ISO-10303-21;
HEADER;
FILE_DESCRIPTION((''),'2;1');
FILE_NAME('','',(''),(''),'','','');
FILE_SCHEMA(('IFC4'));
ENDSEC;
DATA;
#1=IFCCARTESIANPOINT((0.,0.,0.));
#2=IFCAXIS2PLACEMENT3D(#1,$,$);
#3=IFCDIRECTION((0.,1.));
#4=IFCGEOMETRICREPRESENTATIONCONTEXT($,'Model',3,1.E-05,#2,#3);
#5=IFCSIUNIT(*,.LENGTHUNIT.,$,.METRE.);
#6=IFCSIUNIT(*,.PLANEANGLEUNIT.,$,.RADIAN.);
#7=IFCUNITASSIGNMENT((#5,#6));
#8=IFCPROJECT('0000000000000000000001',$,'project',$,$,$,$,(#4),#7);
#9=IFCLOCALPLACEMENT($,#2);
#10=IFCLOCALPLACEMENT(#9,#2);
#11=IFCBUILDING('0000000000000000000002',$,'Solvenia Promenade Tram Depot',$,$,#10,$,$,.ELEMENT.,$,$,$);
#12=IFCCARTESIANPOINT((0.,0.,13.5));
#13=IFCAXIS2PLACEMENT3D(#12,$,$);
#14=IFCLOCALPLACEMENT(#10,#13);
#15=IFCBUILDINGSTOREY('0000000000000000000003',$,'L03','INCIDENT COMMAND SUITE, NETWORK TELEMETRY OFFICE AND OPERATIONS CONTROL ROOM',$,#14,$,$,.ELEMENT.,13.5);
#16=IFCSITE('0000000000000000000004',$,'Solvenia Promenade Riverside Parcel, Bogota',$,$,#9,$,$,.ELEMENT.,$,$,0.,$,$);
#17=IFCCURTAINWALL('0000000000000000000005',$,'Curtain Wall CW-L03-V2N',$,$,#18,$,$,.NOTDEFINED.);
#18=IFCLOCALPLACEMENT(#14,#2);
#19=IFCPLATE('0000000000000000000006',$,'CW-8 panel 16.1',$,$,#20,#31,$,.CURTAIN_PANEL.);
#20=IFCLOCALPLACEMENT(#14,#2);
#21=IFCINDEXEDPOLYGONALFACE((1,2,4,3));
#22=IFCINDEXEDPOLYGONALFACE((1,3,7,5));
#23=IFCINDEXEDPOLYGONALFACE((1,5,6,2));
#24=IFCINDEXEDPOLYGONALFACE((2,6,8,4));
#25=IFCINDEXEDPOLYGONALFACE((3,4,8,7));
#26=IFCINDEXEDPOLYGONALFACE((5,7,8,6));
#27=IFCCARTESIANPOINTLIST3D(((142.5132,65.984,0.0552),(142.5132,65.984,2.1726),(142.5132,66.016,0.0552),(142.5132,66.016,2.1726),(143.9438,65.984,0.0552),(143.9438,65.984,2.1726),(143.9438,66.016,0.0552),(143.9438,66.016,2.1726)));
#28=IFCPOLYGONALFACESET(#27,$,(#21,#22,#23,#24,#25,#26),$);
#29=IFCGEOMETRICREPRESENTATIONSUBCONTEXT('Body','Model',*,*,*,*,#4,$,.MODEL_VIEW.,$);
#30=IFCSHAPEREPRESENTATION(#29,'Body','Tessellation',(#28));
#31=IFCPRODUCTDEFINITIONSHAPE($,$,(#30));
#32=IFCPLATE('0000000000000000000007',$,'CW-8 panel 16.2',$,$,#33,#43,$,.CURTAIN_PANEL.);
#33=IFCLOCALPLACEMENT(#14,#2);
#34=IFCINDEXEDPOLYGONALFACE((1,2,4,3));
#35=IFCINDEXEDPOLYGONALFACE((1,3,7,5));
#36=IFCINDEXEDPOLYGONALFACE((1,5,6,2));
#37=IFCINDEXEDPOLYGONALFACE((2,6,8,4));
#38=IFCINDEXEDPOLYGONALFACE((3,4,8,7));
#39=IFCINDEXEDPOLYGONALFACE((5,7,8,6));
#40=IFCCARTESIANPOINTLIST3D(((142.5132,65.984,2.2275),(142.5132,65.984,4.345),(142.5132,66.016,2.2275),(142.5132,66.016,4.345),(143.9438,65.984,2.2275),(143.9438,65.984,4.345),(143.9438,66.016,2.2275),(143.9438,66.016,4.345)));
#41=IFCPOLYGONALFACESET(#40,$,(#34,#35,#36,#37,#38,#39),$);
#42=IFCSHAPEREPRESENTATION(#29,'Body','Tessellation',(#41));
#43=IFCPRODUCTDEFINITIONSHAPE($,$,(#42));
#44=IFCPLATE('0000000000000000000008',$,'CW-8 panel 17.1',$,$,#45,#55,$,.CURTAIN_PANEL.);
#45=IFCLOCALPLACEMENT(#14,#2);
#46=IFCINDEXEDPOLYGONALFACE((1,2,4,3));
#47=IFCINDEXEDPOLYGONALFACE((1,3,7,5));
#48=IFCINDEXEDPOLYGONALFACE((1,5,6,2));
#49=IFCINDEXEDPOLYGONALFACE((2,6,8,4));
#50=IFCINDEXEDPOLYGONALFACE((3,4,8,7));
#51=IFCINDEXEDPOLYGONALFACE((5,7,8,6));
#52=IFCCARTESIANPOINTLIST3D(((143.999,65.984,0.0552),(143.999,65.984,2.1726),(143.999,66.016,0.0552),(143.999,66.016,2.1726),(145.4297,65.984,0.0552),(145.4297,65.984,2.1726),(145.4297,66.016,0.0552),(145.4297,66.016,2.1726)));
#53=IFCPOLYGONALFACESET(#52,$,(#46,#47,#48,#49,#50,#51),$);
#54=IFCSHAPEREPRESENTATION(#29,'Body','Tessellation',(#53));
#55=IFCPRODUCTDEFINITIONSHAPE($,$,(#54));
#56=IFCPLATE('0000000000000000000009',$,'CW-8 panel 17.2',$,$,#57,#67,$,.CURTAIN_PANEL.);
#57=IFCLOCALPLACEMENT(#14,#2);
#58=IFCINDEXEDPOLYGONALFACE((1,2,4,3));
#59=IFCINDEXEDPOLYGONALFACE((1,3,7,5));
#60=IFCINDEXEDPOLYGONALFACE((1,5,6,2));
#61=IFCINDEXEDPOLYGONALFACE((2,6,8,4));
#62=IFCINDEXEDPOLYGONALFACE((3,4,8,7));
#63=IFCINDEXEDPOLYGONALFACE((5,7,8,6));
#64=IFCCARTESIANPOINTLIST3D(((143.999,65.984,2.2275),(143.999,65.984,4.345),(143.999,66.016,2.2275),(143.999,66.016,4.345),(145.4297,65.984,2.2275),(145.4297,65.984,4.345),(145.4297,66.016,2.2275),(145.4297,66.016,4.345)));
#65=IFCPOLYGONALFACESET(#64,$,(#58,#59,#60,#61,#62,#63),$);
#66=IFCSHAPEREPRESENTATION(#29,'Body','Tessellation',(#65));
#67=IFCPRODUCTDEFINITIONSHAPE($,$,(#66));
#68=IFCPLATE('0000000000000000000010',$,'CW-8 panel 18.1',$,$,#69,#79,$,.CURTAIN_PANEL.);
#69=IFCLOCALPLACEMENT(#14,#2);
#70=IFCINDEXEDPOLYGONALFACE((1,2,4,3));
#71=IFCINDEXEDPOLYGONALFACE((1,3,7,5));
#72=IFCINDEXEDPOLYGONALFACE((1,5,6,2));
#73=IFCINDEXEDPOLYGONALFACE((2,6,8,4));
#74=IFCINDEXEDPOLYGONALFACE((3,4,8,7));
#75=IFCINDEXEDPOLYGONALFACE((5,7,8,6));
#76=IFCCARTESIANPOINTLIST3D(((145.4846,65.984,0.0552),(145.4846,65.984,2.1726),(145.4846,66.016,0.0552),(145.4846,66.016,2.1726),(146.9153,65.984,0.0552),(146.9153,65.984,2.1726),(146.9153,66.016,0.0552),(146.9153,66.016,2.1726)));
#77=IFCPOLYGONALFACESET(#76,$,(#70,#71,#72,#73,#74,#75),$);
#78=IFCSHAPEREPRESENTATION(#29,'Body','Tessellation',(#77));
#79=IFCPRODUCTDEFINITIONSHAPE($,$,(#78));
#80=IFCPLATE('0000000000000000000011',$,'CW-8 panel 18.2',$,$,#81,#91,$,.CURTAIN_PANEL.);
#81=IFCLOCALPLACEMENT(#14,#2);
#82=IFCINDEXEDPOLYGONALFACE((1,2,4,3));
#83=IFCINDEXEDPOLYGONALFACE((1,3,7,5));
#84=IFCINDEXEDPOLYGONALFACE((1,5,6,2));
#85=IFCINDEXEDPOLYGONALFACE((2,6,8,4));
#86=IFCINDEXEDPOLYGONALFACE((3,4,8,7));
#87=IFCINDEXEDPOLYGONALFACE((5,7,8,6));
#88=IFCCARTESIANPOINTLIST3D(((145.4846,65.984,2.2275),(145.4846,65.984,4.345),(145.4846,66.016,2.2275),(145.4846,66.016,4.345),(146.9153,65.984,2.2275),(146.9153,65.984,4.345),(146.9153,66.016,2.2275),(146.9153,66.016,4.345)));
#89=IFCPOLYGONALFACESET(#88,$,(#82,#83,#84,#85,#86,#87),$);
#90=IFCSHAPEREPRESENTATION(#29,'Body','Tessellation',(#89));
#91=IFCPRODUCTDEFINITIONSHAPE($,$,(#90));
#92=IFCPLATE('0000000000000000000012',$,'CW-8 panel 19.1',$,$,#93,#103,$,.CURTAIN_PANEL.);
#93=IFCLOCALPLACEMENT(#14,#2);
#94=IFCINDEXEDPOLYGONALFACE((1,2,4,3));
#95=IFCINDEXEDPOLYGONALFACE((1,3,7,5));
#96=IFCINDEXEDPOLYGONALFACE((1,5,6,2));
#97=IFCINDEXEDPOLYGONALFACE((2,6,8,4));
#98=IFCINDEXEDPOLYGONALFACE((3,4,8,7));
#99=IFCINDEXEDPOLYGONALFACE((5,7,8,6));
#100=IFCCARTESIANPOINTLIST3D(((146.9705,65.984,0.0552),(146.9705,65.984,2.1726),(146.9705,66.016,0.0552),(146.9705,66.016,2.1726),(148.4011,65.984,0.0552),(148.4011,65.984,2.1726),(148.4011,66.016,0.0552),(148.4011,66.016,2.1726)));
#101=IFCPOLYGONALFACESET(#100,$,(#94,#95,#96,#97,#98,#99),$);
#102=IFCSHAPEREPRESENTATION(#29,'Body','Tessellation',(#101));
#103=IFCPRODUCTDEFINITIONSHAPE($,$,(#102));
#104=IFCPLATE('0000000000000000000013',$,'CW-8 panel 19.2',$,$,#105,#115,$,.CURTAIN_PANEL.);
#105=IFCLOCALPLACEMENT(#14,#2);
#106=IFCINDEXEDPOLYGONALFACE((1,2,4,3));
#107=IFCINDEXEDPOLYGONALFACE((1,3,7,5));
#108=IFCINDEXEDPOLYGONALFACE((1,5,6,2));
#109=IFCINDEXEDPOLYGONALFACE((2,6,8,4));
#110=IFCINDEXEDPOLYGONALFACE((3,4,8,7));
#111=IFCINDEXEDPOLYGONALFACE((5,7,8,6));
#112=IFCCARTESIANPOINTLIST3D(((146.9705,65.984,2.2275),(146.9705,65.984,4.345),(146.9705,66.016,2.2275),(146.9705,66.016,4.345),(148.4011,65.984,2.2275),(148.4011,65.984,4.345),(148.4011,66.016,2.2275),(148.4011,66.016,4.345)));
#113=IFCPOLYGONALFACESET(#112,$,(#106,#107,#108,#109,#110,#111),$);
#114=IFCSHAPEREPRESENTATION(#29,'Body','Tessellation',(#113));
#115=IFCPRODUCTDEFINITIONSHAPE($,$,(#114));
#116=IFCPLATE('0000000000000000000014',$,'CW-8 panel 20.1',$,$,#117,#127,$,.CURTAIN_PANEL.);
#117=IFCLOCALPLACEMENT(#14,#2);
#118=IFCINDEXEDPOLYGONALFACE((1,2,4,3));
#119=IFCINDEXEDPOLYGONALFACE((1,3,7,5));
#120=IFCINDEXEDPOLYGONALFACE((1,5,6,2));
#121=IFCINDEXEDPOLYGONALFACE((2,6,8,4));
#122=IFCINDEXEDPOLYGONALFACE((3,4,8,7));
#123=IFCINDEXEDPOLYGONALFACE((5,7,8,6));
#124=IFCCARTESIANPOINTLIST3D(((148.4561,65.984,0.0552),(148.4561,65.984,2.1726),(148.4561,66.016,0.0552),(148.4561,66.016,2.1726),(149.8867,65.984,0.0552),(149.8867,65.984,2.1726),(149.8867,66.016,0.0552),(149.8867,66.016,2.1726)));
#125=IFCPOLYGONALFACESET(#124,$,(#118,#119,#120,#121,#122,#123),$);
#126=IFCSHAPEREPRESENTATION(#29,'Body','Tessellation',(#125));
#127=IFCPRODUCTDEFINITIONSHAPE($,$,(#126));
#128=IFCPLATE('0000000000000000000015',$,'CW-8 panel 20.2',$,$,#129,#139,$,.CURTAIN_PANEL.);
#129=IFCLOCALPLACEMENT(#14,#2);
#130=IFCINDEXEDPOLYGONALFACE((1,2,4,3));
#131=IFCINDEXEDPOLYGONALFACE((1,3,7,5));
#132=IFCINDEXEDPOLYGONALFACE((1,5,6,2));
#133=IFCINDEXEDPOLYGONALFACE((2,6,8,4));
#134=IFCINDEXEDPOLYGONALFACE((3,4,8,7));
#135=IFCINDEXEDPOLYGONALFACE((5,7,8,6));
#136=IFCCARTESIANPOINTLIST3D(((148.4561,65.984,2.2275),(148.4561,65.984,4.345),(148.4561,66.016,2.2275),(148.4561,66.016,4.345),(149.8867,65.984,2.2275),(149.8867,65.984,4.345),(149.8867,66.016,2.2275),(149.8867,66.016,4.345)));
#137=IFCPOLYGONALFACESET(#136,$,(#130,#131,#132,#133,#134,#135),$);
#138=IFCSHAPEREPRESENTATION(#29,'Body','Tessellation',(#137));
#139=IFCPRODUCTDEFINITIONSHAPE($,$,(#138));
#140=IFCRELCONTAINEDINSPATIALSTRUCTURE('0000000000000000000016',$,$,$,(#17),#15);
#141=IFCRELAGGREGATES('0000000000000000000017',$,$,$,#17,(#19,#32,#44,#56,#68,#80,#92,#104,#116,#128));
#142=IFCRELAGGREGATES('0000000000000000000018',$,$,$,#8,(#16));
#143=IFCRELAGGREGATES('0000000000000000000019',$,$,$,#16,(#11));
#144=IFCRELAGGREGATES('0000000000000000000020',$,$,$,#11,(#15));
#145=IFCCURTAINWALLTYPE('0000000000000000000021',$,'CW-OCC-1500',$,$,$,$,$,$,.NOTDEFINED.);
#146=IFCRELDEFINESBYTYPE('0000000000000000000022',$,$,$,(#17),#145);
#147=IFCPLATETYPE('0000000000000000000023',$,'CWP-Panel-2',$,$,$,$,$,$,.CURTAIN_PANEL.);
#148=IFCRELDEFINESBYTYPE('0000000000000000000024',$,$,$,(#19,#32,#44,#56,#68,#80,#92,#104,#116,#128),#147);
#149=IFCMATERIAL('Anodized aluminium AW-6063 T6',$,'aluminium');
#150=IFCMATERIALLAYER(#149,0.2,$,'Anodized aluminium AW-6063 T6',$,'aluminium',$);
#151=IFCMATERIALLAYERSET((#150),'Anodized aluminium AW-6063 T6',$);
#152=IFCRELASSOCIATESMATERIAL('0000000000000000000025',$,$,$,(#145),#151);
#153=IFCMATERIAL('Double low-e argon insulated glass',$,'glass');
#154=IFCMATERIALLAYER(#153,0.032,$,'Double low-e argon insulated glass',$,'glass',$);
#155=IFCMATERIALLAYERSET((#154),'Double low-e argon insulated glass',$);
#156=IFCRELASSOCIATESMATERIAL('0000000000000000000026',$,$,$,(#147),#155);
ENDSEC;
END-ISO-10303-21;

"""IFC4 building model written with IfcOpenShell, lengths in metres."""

from ifc_helpers import new_model, si_unit, direction, frame, origin, origin_2d, place, context, subcontext, project, spatial, rectangle, extrude, material, layer, layer_set, type_object, element, aggregate, save


model = new_model("IFC4")

# Units and contexts
model_context = context("Model", 3, precision=1e-05, world=origin(), true_north=direction((0.0, 1.0)))
body_context = subcontext(model_context, "Body", "Model", "MODEL_VIEW")
ifc_project = project(units=[si_unit("LENGTHUNIT", "METRE"), si_unit("PLANEANGLEUNIT", "RADIAN")], contexts=[model_context])

# Site, building, storey
site_placement = place(None, origin())
site = spatial("IfcSite", under=ifc_project, at=site_placement, Name="Solvenia Promenade Riverside Parcel, Bogota", CompositionType="ELEMENT", RefElevation=0.0)
building_placement = place(site_placement, origin())
building = spatial("IfcBuilding", under=site, at=building_placement, Name="Solvenia Promenade Tram Depot", CompositionType="ELEMENT")
storey_placement = place(building_placement, frame((0.0, 0.0, 13.5)))
storey = spatial("IfcBuildingStorey", under=building, at=storey_placement, Name="L03", Description="INCIDENT COMMAND SUITE, NETWORK TELEMETRY OFFICE AND OPERATIONS CONTROL ROOM", CompositionType="ELEMENT", Elevation=13.5)

# Curtain wall
ifc_material_1 = material(Name="Anodized aluminium AW-6063 T6", Category="aluminium")
ifc_layer_1 = layer(ifc_material_1, 0.2, Name="Anodized aluminium AW-6063 T6", Category="aluminium")
ifc_layer_set_1 = layer_set([ifc_layer_1], Name="Anodized aluminium AW-6063 T6")
curtain_wall_type = type_object("IfcCurtainWallType", Name="CW-OCC-1500", PredefinedType="NOTDEFINED", material=ifc_layer_set_1)
curtain_wall_placement = place(storey_placement, origin())
curtain_wall = element("IfcCurtainWall", 1, at=curtain_wall_placement, inside=storey, type_object=curtain_wall_type, Name="Curtain Wall CW-L03-V2N", PredefinedType="NOTDEFINED")

# Plates
ifc_material_2 = material(Name="Double low-e argon insulated glass", Category="glass")
ifc_layer_2 = layer(ifc_material_2, 0.032, Name="Double low-e argon insulated glass", Category="glass")
ifc_layer_set_2 = layer_set([ifc_layer_2], Name="Double low-e argon insulated glass")
plate_type = type_object("IfcPlateType", Name="CWP-Panel-2", PredefinedType="CURTAIN_PANEL", material=ifc_layer_set_2)
plate_1_placement = place(storey_placement, frame((143.2285, 66.0, 0.0552), z_axis=(0.0, 0.0, 1.0), x_axis=(1.0, 0.0, 0.0)))
plate_1 = element("IfcPlate", 2, at=plate_1_placement, type_object=plate_type, Name="CW-8 panel 16.1", PredefinedType="CURTAIN_PANEL", context=body_context, shape_type="SweptSolid", body=[
    extrude(rectangle(XDim=1.4307, YDim=0.032, at=origin_2d()), origin(), (0.0, 0.0, 1.0), 2.1174),
])
plate_2_placement = place(storey_placement, frame((143.2285, 66.0, 2.2275), z_axis=(0.0, 0.0, 1.0), x_axis=(1.0, 0.0, 0.0)))
plate_2 = element("IfcPlate", 3, at=plate_2_placement, type_object=plate_type, Name="CW-8 panel 16.2", PredefinedType="CURTAIN_PANEL", context=body_context, shape_type="SweptSolid", body=[
    extrude(rectangle(XDim=1.4307, YDim=0.032, at=origin_2d()), origin(), (0.0, 0.0, 1.0), 2.1174),
])
plate_3_placement = place(storey_placement, frame((144.7144, 66.0, 0.0552), z_axis=(0.0, 0.0, 1.0), x_axis=(1.0, 0.0, 0.0)))
plate_3 = element("IfcPlate", 4, at=plate_3_placement, type_object=plate_type, Name="CW-8 panel 17.1", PredefinedType="CURTAIN_PANEL", context=body_context, shape_type="SweptSolid", body=[
    extrude(rectangle(XDim=1.4307, YDim=0.032, at=origin_2d()), origin(), (0.0, 0.0, 1.0), 2.1174),
])
plate_4_placement = place(storey_placement, frame((144.7144, 66.0, 2.2275), z_axis=(0.0, 0.0, 1.0), x_axis=(1.0, 0.0, 0.0)))
plate_4 = element("IfcPlate", 5, at=plate_4_placement, type_object=plate_type, Name="CW-8 panel 17.2", PredefinedType="CURTAIN_PANEL", context=body_context, shape_type="SweptSolid", body=[
    extrude(rectangle(XDim=1.4307, YDim=0.032, at=origin_2d()), origin(), (0.0, 0.0, 1.0), 2.1174),
])
plate_5_placement = place(storey_placement, frame((146.2, 66.0, 0.0552), z_axis=(0.0, 0.0, 1.0), x_axis=(1.0, 0.0, 0.0)))
plate_5 = element("IfcPlate", 6, at=plate_5_placement, type_object=plate_type, Name="CW-8 panel 18.1", PredefinedType="CURTAIN_PANEL", context=body_context, shape_type="SweptSolid", body=[
    extrude(rectangle(XDim=1.4307, YDim=0.032, at=origin_2d()), origin(), (0.0, 0.0, 1.0), 2.1174),
])
plate_6_placement = place(storey_placement, frame((146.2, 66.0, 2.2275), z_axis=(0.0, 0.0, 1.0), x_axis=(1.0, 0.0, 0.0)))
plate_6 = element("IfcPlate", 7, at=plate_6_placement, type_object=plate_type, Name="CW-8 panel 18.2", PredefinedType="CURTAIN_PANEL", context=body_context, shape_type="SweptSolid", body=[
    extrude(rectangle(XDim=1.4307, YDim=0.032, at=origin_2d()), origin(), (0.0, 0.0, 1.0), 2.1174),
])
plate_7_placement = place(storey_placement, frame((147.6858, 66.0, 0.0552), z_axis=(0.0, 0.0, 1.0), x_axis=(1.0, 0.0, 0.0)))
plate_7 = element("IfcPlate", 8, at=plate_7_placement, type_object=plate_type, Name="CW-8 panel 19.1", PredefinedType="CURTAIN_PANEL", context=body_context, shape_type="SweptSolid", body=[
    extrude(rectangle(XDim=1.4307, YDim=0.032, at=origin_2d()), origin(), (0.0, 0.0, 1.0), 2.1174),
])
plate_8_placement = place(storey_placement, frame((147.6858, 66.0, 2.2275), z_axis=(0.0, 0.0, 1.0), x_axis=(1.0, 0.0, 0.0)))
plate_8 = element("IfcPlate", 9, at=plate_8_placement, type_object=plate_type, Name="CW-8 panel 19.2", PredefinedType="CURTAIN_PANEL", context=body_context, shape_type="SweptSolid", body=[
    extrude(rectangle(XDim=1.4307, YDim=0.032, at=origin_2d()), origin(), (0.0, 0.0, 1.0), 2.1174),
])
plate_9_placement = place(storey_placement, frame((149.1714, 66.0, 0.0552), z_axis=(0.0, 0.0, 1.0), x_axis=(1.0, 0.0, 0.0)))
plate_9 = element("IfcPlate", 10, at=plate_9_placement, type_object=plate_type, Name="CW-8 panel 20.1", PredefinedType="CURTAIN_PANEL", context=body_context, shape_type="SweptSolid", body=[
    extrude(rectangle(XDim=1.4307, YDim=0.032, at=origin_2d()), origin(), (0.0, 0.0, 1.0), 2.1174),
])
plate_10_placement = place(storey_placement, frame((149.1714, 66.0, 2.2275), z_axis=(0.0, 0.0, 1.0), x_axis=(1.0, 0.0, 0.0)))
plate_10 = element("IfcPlate", 11, at=plate_10_placement, type_object=plate_type, Name="CW-8 panel 20.2", PredefinedType="CURTAIN_PANEL", context=body_context, shape_type="SweptSolid", body=[
    extrude(rectangle(XDim=1.4307, YDim=0.032, at=origin_2d()), origin(), (0.0, 0.0, 1.0), 2.1174),
])
aggregate(curtain_wall, [plate_1, plate_2, plate_3, plate_4, plate_5, plate_6, plate_7, plate_8, plate_9, plate_10])

save(model, "model.ifc")
